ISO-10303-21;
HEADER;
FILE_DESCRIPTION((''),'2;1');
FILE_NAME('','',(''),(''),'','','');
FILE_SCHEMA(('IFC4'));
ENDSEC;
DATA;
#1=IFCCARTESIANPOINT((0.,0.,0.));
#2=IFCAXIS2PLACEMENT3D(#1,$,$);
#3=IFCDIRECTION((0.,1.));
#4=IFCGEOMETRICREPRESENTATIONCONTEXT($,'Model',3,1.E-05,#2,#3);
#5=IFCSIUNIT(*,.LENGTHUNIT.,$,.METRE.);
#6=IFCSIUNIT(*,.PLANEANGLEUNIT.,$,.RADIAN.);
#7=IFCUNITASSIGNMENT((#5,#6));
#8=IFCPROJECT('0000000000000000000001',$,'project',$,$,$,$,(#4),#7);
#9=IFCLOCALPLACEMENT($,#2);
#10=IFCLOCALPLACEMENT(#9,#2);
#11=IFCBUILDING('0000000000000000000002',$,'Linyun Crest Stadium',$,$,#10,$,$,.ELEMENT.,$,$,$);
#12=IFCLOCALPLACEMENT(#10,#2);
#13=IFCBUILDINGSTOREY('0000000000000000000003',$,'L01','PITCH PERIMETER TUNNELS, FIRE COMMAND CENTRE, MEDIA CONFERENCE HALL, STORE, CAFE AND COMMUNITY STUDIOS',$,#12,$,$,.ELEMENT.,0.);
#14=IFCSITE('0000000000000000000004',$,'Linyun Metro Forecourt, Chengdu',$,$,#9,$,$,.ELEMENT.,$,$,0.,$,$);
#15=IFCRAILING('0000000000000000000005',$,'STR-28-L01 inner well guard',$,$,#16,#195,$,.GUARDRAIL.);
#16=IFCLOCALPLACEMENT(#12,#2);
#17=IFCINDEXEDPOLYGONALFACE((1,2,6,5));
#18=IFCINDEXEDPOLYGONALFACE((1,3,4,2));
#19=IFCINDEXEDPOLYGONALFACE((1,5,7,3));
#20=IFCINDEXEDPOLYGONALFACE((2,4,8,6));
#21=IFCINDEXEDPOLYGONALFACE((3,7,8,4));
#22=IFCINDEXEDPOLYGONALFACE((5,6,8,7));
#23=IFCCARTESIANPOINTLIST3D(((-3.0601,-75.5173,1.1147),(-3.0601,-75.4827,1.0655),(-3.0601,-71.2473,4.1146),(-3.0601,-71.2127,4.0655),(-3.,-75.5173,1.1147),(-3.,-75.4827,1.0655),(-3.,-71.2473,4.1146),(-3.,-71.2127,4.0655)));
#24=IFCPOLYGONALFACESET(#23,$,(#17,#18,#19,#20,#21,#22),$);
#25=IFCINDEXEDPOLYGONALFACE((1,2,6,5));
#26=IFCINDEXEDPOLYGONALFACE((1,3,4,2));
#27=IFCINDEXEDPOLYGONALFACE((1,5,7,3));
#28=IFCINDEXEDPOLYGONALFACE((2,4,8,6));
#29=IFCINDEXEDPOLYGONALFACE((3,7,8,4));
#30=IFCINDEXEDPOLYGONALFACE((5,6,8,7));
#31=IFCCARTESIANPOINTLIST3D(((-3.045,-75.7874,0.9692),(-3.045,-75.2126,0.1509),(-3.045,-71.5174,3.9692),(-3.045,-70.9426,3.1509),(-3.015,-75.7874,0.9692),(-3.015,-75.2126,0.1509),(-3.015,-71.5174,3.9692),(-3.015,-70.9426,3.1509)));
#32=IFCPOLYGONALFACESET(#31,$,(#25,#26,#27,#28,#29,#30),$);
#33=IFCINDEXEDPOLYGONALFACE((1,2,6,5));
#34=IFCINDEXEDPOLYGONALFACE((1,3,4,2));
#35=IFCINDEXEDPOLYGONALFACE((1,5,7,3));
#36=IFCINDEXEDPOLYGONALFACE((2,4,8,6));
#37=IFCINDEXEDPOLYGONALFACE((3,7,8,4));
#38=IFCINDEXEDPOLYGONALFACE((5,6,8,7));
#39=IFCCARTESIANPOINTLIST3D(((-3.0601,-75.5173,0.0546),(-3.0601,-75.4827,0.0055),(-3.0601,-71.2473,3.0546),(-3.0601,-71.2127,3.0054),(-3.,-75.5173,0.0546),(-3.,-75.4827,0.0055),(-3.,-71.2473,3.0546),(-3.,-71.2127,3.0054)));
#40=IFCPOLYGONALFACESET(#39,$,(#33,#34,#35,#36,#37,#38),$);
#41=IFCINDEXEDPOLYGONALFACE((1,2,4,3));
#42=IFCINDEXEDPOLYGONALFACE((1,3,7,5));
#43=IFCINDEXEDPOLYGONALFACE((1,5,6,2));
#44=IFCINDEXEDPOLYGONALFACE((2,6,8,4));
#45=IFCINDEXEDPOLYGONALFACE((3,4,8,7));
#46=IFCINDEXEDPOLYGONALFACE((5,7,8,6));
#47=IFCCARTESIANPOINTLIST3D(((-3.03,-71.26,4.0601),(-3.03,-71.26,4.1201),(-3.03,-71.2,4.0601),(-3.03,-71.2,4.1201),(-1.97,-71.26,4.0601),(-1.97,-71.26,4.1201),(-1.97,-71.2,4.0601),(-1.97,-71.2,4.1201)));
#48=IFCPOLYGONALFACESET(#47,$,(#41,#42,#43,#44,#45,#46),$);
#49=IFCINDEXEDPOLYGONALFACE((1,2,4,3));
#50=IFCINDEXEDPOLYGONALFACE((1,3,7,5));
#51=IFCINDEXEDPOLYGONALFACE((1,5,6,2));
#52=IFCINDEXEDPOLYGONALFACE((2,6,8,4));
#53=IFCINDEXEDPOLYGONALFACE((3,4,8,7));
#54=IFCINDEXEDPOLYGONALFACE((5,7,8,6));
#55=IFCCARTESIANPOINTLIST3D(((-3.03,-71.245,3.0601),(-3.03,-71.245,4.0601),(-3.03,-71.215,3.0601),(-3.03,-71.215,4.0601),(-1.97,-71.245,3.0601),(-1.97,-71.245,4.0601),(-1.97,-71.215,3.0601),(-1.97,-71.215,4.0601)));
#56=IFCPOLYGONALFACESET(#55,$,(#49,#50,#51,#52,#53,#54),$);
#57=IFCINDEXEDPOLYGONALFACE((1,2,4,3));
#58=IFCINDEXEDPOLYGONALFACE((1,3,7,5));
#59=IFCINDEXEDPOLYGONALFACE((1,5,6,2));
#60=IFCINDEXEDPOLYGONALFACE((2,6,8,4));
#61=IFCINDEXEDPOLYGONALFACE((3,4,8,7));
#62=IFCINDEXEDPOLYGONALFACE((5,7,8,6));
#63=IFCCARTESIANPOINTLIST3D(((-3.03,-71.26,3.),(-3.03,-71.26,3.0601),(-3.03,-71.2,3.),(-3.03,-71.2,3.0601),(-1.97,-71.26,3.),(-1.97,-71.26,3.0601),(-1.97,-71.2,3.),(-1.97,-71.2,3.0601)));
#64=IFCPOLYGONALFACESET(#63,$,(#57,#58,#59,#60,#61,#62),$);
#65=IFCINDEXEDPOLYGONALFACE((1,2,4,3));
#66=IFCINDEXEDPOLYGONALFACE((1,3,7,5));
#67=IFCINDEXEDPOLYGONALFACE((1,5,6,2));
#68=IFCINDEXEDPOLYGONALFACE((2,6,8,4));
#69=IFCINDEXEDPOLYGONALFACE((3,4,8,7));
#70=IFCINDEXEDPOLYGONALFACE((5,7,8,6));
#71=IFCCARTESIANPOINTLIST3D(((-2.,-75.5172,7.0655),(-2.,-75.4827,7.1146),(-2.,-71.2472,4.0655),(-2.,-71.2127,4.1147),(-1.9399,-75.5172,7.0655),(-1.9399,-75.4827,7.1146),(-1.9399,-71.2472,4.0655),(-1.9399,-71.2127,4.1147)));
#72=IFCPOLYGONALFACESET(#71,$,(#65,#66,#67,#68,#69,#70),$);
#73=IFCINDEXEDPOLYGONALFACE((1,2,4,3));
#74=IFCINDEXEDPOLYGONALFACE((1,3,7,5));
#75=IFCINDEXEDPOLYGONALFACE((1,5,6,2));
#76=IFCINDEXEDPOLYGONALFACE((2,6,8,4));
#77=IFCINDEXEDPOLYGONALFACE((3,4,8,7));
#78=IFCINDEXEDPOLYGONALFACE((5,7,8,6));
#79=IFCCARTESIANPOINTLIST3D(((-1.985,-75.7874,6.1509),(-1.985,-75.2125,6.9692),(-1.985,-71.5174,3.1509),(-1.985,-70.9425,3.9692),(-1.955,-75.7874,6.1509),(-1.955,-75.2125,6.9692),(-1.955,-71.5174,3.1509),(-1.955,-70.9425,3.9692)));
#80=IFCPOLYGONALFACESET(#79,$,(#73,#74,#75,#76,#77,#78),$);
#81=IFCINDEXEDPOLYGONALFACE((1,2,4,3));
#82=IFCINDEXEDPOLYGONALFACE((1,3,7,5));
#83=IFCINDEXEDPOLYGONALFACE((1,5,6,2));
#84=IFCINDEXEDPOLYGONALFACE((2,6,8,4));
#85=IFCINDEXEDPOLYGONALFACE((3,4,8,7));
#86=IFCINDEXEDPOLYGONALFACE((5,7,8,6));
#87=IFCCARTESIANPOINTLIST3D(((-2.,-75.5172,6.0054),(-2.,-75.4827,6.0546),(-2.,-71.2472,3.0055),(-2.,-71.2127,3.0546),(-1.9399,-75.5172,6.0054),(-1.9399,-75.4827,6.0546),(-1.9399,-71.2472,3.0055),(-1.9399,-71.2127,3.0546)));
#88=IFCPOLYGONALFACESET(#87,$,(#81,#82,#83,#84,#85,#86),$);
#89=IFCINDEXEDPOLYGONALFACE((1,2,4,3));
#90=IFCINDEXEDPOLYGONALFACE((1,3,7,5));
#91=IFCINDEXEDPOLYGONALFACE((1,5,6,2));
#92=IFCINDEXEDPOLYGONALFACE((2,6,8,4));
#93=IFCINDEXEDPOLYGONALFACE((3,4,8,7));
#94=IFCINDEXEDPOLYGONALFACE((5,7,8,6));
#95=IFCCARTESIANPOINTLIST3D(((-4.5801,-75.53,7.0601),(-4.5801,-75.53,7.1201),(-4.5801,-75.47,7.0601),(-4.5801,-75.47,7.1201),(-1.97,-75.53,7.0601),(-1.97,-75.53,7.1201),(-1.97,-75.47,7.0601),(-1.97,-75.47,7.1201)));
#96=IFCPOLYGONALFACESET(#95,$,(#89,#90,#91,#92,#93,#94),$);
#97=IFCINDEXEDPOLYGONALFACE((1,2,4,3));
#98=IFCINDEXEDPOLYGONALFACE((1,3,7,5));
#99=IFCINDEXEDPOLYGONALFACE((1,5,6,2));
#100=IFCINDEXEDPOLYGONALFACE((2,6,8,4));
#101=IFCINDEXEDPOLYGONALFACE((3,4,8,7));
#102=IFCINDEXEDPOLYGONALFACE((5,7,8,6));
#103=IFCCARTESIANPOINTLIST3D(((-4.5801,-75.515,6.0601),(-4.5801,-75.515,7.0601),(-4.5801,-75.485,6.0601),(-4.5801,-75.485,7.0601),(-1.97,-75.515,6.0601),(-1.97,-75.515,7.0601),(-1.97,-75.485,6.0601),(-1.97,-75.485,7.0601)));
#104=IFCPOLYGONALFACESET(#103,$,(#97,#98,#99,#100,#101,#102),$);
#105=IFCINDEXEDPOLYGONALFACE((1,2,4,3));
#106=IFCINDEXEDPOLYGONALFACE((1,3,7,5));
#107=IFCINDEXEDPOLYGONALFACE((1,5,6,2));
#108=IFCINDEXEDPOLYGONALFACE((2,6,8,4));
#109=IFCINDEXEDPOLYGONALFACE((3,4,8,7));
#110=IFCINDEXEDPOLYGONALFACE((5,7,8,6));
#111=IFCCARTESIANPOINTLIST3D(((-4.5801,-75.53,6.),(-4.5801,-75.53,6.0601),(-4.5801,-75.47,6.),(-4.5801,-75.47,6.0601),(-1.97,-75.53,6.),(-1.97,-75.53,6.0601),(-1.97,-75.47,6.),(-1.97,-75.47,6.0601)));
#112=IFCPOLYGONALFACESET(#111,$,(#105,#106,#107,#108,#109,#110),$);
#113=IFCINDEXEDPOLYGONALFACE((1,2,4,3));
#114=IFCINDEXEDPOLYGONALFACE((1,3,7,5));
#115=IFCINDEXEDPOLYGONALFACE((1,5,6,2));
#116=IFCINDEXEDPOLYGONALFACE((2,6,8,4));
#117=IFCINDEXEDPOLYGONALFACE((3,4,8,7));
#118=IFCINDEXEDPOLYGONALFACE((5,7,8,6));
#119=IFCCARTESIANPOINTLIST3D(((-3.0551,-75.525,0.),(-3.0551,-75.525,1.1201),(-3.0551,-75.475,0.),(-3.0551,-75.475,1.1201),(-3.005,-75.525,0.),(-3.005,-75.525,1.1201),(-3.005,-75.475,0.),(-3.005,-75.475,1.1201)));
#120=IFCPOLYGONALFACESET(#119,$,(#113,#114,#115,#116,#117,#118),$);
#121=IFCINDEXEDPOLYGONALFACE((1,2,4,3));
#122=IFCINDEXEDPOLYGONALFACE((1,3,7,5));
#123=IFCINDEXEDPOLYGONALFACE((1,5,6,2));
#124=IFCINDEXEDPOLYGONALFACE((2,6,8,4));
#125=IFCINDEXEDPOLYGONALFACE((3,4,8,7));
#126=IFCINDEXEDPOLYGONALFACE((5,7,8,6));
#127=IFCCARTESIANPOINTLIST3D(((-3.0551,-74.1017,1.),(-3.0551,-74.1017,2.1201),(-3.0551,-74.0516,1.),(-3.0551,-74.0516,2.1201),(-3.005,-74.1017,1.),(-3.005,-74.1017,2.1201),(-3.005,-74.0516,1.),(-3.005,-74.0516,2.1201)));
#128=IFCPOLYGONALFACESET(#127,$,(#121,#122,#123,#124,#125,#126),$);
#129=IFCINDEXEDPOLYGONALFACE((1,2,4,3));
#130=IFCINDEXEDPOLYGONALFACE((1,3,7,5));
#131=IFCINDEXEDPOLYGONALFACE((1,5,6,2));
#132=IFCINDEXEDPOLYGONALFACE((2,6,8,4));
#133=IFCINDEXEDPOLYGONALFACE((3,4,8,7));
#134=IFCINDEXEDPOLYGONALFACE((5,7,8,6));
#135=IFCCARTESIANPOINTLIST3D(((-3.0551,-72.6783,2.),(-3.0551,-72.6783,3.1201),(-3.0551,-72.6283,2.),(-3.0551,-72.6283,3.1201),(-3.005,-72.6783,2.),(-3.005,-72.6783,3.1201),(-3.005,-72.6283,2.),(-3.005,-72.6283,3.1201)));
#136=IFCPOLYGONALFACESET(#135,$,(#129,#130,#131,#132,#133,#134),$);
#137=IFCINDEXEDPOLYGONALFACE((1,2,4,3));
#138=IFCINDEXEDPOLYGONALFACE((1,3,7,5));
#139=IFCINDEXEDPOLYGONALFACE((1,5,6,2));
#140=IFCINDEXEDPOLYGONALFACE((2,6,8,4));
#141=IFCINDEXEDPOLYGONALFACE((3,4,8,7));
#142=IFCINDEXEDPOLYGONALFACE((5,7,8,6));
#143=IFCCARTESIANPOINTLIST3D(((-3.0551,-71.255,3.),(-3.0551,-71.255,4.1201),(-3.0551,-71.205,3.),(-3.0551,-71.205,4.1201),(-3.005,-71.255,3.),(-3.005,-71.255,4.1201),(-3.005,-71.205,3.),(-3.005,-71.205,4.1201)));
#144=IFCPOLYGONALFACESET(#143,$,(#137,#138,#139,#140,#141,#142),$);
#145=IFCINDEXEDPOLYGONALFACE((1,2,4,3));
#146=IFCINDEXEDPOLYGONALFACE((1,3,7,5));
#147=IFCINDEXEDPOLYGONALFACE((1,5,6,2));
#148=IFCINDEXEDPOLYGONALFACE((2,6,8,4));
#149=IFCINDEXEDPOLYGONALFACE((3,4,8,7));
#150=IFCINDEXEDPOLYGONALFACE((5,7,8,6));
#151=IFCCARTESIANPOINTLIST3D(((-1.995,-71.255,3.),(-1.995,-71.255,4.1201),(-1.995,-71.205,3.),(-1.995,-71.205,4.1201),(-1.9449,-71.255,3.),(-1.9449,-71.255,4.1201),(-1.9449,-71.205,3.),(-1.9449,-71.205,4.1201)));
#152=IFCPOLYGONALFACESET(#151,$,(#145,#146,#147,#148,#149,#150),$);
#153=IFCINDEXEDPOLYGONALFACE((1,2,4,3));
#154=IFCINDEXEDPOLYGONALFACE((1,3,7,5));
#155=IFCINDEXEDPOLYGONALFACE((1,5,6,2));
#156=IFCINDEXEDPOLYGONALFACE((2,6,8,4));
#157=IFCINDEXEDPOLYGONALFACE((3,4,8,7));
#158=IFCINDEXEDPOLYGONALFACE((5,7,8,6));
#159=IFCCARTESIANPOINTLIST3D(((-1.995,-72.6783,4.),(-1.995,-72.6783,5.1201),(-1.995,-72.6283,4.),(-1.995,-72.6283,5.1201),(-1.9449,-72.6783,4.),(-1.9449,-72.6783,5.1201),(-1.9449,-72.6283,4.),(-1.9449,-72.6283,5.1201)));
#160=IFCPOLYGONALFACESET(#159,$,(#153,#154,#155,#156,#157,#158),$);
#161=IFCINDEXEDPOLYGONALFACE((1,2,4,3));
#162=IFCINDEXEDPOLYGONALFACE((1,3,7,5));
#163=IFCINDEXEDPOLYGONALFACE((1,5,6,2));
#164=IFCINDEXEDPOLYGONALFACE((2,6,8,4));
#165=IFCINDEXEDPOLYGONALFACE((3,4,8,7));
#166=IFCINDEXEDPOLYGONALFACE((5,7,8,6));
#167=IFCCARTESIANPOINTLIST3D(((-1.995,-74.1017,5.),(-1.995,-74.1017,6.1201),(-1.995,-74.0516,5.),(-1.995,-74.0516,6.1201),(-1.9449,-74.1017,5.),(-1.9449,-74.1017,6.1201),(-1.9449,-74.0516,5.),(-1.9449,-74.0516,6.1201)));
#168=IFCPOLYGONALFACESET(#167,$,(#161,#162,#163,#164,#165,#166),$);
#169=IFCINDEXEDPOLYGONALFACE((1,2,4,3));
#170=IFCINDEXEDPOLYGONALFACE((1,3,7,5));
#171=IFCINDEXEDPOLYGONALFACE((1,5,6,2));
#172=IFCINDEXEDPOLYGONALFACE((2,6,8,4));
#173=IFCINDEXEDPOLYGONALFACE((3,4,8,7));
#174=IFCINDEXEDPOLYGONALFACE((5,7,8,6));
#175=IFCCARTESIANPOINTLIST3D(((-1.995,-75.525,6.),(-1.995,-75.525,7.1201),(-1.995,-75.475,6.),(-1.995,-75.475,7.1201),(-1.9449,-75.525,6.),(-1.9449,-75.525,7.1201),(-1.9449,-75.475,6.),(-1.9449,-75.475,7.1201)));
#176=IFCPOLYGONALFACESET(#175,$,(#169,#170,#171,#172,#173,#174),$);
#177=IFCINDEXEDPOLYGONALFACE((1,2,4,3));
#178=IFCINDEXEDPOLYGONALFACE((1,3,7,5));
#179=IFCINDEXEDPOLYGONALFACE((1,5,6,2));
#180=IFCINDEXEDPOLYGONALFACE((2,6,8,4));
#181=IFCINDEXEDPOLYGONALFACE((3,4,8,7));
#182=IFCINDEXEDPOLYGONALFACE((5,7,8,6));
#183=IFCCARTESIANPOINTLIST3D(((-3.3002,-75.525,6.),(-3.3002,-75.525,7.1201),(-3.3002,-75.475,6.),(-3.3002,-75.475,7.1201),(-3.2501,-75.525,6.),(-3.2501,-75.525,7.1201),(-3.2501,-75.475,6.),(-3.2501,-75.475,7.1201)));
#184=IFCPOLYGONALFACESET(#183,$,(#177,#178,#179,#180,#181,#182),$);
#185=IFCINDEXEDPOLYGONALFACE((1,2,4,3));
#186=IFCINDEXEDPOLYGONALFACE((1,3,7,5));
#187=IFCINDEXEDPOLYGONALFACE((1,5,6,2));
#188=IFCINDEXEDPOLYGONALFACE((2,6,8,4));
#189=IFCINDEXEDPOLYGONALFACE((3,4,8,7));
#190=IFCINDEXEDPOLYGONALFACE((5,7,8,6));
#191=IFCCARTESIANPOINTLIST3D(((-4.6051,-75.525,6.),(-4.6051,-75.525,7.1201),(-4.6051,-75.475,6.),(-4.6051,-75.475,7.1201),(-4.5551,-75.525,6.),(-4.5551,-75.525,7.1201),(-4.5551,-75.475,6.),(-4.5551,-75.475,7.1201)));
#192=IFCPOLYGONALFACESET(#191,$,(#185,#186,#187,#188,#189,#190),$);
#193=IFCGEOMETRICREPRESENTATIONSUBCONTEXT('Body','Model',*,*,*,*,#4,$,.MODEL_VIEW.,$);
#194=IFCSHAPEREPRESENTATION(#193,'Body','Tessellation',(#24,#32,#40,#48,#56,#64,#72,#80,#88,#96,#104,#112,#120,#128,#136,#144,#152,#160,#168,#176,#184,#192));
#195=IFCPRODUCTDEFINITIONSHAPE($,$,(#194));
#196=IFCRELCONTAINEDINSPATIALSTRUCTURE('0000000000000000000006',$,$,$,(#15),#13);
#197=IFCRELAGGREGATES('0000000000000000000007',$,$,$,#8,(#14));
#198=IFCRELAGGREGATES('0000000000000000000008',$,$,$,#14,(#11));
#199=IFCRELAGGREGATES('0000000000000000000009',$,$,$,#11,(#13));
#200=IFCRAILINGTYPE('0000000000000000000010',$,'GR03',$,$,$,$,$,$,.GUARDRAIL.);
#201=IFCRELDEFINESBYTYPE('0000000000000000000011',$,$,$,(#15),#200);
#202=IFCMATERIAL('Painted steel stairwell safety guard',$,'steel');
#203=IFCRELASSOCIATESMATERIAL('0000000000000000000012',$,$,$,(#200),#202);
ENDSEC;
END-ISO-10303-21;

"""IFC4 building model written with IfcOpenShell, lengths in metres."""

from ifc_helpers import new_model, si_unit, direction, frame, origin, origin_2d, place, context, subcontext, project, spatial, rectangle, extrude, material, type_object, element, save


model = new_model("IFC4")

# Units and contexts
model_context = context("Model", 3, precision=1e-05, world=origin(), true_north=direction((0.0, 1.0)))
body_context = subcontext(model_context, "Body", "Model", "MODEL_VIEW")
ifc_project = project(units=[si_unit("LENGTHUNIT", "METRE"), si_unit("PLANEANGLEUNIT", "RADIAN")], contexts=[model_context])

# Site, building, storey
site_placement = place(None, origin())
site = spatial("IfcSite", under=ifc_project, at=site_placement, Name="Linyun Metro Forecourt, Chengdu", CompositionType="ELEMENT", RefElevation=0.0)
building_placement = place(site_placement, origin())
building = spatial("IfcBuilding", under=site, at=building_placement, Name="Linyun Crest Stadium", CompositionType="ELEMENT")
storey_placement = place(building_placement, origin())
storey = spatial("IfcBuildingStorey", under=building, at=storey_placement, Name="L01", Description="PITCH PERIMETER TUNNELS, FIRE COMMAND CENTRE, MEDIA CONFERENCE HALL, STORE, CAFE AND COMMUNITY STUDIOS", CompositionType="ELEMENT", Elevation=0.0)

# Railing
ifc_material_1 = material(Name="Painted steel stairwell safety guard", Category="steel")
railing_type_1 = type_object("IfcRailingType", Name="GR03", PredefinedType="GUARDRAIL", material=ifc_material_1)
railing_1_placement = place(storey_placement, frame((-3.03, -75.5, 0.0)))
element("IfcRailing", 1, at=railing_1_placement, inside=storey, type_object=railing_type_1, Name="STR-28-L01 inner well guard", PredefinedType="GUARDRAIL", context=body_context, shape_type="SweptSolid", body=[
    extrude(rectangle(XDim=0.0601, YDim=0.0601, at=origin_2d()), frame((0.0, 0.0, 1.0901), z_axis=(0.0, 0.818242, 0.574874), x_axis=(-1.0, 0.0, 0.0)), (0.0, 0.0, 1.0), 5.2185),
    extrude(rectangle(XDim=0.03, YDim=1.0, at=origin_2d()), frame((0.0, 0.0, 0.5601), z_axis=(0.0, 0.818242, 0.574874), x_axis=(-1.0, 0.0, 0.0)), (0.0, 0.0, 1.0), 5.2185),
    extrude(rectangle(XDim=0.0601, YDim=0.0601, at=origin_2d()), frame((0.0, 0.0, 0.03), z_axis=(0.0, 0.818242, 0.574874), x_axis=(-1.0, 0.0, 0.0)), (0.0, 0.0, 1.0), 5.2185),
    extrude(rectangle(XDim=0.0601, YDim=0.0601, at=origin_2d()), frame((0.0, 4.27, 4.0901), z_axis=(1.0, 0.0, 0.0), x_axis=(0.0, 1.0, 0.0)), (0.0, 0.0, 1.0), 1.0601),
    extrude(rectangle(XDim=0.03, YDim=1.0, at=origin_2d()), frame((0.0, 4.27, 3.5601), z_axis=(1.0, 0.0, 0.0), x_axis=(0.0, 1.0, 0.0)), (0.0, 0.0, 1.0), 1.0601),
    extrude(rectangle(XDim=0.0601, YDim=0.0601, at=origin_2d()), frame((0.0, 4.27, 3.03), z_axis=(1.0, 0.0, 0.0), x_axis=(0.0, 1.0, 0.0)), (0.0, 0.0, 1.0), 1.0601),
    extrude(rectangle(XDim=0.0601, YDim=0.0601, at=origin_2d()), frame((1.0601, 4.27, 4.0901), z_axis=(0.0, -0.818242, 0.574874), x_axis=(1.0, 0.0, 0.0)), (0.0, 0.0, 1.0), 5.2185),
    extrude(rectangle(XDim=0.03, YDim=1.0, at=origin_2d()), frame((1.0601, 4.27, 3.5601), z_axis=(0.0, -0.818242, 0.574874), x_axis=(1.0, 0.0, 0.0)), (0.0, 0.0, 1.0), 5.2185),
    extrude(rectangle(XDim=0.0601, YDim=0.0601, at=origin_2d()), frame((1.0601, 4.27, 3.03), z_axis=(0.0, -0.818242, 0.574874), x_axis=(1.0, 0.0, 0.0)), (0.0, 0.0, 1.0), 5.2185),
    extrude(rectangle(XDim=0.0601, YDim=0.0601, at=origin_2d()), frame((1.0601, 0.0, 7.0901), z_axis=(-1.0, 0.0, 0.0), x_axis=(0.0, -1.0, 0.0)), (0.0, 0.0, 1.0), 2.6101),
    extrude(rectangle(XDim=0.03, YDim=1.0, at=origin_2d()), frame((1.0601, 0.0, 6.5601), z_axis=(-1.0, 0.0, 0.0), x_axis=(0.0, -1.0, 0.0)), (0.0, 0.0, 1.0), 2.6101),
    extrude(rectangle(XDim=0.0601, YDim=0.0601, at=origin_2d()), frame((1.0601, 0.0, 6.03), z_axis=(-1.0, 0.0, 0.0), x_axis=(0.0, -1.0, 0.0)), (0.0, 0.0, 1.0), 2.6101),
    extrude(rectangle(XDim=0.05, YDim=0.05, at=origin_2d()), origin(), (0.0, 0.0, 1.0), 1.1201),
    extrude(rectangle(XDim=0.05, YDim=0.05, at=origin_2d()), frame((0.0, 1.4233, 1.0)), (0.0, 0.0, 1.0), 1.1201),
    extrude(rectangle(XDim=0.05, YDim=0.05, at=origin_2d()), frame((0.0, 2.8467, 2.0)), (0.0, 0.0, 1.0), 1.1201),
    extrude(rectangle(XDim=0.05, YDim=0.05, at=origin_2d()), frame((0.0, 4.27, 3.0)), (0.0, 0.0, 1.0), 1.1201),
    extrude(rectangle(XDim=0.05, YDim=0.05, at=origin_2d()), frame((1.0601, 4.27, 3.0)), (0.0, 0.0, 1.0), 1.1201),
    extrude(rectangle(XDim=0.05, YDim=0.05, at=origin_2d()), frame((1.0601, 2.8467, 4.0)), (0.0, 0.0, 1.0), 1.1201),
    extrude(rectangle(XDim=0.05, YDim=0.05, at=origin_2d()), frame((1.0601, 1.4233, 5.0)), (0.0, 0.0, 1.0), 1.1201),
    extrude(rectangle(XDim=0.05, YDim=0.05, at=origin_2d()), frame((1.0601, 0.0, 6.0)), (0.0, 0.0, 1.0), 1.1201),
    extrude(rectangle(XDim=0.05, YDim=0.05, at=origin_2d()), frame((-0.2451, 0.0, 6.0)), (0.0, 0.0, 1.0), 1.1201),
    extrude(rectangle(XDim=0.05, YDim=0.05, at=origin_2d()), frame((-1.55, 0.0, 6.0)), (0.0, 0.0, 1.0), 1.1201),
])

save(model, "model.ifc")
